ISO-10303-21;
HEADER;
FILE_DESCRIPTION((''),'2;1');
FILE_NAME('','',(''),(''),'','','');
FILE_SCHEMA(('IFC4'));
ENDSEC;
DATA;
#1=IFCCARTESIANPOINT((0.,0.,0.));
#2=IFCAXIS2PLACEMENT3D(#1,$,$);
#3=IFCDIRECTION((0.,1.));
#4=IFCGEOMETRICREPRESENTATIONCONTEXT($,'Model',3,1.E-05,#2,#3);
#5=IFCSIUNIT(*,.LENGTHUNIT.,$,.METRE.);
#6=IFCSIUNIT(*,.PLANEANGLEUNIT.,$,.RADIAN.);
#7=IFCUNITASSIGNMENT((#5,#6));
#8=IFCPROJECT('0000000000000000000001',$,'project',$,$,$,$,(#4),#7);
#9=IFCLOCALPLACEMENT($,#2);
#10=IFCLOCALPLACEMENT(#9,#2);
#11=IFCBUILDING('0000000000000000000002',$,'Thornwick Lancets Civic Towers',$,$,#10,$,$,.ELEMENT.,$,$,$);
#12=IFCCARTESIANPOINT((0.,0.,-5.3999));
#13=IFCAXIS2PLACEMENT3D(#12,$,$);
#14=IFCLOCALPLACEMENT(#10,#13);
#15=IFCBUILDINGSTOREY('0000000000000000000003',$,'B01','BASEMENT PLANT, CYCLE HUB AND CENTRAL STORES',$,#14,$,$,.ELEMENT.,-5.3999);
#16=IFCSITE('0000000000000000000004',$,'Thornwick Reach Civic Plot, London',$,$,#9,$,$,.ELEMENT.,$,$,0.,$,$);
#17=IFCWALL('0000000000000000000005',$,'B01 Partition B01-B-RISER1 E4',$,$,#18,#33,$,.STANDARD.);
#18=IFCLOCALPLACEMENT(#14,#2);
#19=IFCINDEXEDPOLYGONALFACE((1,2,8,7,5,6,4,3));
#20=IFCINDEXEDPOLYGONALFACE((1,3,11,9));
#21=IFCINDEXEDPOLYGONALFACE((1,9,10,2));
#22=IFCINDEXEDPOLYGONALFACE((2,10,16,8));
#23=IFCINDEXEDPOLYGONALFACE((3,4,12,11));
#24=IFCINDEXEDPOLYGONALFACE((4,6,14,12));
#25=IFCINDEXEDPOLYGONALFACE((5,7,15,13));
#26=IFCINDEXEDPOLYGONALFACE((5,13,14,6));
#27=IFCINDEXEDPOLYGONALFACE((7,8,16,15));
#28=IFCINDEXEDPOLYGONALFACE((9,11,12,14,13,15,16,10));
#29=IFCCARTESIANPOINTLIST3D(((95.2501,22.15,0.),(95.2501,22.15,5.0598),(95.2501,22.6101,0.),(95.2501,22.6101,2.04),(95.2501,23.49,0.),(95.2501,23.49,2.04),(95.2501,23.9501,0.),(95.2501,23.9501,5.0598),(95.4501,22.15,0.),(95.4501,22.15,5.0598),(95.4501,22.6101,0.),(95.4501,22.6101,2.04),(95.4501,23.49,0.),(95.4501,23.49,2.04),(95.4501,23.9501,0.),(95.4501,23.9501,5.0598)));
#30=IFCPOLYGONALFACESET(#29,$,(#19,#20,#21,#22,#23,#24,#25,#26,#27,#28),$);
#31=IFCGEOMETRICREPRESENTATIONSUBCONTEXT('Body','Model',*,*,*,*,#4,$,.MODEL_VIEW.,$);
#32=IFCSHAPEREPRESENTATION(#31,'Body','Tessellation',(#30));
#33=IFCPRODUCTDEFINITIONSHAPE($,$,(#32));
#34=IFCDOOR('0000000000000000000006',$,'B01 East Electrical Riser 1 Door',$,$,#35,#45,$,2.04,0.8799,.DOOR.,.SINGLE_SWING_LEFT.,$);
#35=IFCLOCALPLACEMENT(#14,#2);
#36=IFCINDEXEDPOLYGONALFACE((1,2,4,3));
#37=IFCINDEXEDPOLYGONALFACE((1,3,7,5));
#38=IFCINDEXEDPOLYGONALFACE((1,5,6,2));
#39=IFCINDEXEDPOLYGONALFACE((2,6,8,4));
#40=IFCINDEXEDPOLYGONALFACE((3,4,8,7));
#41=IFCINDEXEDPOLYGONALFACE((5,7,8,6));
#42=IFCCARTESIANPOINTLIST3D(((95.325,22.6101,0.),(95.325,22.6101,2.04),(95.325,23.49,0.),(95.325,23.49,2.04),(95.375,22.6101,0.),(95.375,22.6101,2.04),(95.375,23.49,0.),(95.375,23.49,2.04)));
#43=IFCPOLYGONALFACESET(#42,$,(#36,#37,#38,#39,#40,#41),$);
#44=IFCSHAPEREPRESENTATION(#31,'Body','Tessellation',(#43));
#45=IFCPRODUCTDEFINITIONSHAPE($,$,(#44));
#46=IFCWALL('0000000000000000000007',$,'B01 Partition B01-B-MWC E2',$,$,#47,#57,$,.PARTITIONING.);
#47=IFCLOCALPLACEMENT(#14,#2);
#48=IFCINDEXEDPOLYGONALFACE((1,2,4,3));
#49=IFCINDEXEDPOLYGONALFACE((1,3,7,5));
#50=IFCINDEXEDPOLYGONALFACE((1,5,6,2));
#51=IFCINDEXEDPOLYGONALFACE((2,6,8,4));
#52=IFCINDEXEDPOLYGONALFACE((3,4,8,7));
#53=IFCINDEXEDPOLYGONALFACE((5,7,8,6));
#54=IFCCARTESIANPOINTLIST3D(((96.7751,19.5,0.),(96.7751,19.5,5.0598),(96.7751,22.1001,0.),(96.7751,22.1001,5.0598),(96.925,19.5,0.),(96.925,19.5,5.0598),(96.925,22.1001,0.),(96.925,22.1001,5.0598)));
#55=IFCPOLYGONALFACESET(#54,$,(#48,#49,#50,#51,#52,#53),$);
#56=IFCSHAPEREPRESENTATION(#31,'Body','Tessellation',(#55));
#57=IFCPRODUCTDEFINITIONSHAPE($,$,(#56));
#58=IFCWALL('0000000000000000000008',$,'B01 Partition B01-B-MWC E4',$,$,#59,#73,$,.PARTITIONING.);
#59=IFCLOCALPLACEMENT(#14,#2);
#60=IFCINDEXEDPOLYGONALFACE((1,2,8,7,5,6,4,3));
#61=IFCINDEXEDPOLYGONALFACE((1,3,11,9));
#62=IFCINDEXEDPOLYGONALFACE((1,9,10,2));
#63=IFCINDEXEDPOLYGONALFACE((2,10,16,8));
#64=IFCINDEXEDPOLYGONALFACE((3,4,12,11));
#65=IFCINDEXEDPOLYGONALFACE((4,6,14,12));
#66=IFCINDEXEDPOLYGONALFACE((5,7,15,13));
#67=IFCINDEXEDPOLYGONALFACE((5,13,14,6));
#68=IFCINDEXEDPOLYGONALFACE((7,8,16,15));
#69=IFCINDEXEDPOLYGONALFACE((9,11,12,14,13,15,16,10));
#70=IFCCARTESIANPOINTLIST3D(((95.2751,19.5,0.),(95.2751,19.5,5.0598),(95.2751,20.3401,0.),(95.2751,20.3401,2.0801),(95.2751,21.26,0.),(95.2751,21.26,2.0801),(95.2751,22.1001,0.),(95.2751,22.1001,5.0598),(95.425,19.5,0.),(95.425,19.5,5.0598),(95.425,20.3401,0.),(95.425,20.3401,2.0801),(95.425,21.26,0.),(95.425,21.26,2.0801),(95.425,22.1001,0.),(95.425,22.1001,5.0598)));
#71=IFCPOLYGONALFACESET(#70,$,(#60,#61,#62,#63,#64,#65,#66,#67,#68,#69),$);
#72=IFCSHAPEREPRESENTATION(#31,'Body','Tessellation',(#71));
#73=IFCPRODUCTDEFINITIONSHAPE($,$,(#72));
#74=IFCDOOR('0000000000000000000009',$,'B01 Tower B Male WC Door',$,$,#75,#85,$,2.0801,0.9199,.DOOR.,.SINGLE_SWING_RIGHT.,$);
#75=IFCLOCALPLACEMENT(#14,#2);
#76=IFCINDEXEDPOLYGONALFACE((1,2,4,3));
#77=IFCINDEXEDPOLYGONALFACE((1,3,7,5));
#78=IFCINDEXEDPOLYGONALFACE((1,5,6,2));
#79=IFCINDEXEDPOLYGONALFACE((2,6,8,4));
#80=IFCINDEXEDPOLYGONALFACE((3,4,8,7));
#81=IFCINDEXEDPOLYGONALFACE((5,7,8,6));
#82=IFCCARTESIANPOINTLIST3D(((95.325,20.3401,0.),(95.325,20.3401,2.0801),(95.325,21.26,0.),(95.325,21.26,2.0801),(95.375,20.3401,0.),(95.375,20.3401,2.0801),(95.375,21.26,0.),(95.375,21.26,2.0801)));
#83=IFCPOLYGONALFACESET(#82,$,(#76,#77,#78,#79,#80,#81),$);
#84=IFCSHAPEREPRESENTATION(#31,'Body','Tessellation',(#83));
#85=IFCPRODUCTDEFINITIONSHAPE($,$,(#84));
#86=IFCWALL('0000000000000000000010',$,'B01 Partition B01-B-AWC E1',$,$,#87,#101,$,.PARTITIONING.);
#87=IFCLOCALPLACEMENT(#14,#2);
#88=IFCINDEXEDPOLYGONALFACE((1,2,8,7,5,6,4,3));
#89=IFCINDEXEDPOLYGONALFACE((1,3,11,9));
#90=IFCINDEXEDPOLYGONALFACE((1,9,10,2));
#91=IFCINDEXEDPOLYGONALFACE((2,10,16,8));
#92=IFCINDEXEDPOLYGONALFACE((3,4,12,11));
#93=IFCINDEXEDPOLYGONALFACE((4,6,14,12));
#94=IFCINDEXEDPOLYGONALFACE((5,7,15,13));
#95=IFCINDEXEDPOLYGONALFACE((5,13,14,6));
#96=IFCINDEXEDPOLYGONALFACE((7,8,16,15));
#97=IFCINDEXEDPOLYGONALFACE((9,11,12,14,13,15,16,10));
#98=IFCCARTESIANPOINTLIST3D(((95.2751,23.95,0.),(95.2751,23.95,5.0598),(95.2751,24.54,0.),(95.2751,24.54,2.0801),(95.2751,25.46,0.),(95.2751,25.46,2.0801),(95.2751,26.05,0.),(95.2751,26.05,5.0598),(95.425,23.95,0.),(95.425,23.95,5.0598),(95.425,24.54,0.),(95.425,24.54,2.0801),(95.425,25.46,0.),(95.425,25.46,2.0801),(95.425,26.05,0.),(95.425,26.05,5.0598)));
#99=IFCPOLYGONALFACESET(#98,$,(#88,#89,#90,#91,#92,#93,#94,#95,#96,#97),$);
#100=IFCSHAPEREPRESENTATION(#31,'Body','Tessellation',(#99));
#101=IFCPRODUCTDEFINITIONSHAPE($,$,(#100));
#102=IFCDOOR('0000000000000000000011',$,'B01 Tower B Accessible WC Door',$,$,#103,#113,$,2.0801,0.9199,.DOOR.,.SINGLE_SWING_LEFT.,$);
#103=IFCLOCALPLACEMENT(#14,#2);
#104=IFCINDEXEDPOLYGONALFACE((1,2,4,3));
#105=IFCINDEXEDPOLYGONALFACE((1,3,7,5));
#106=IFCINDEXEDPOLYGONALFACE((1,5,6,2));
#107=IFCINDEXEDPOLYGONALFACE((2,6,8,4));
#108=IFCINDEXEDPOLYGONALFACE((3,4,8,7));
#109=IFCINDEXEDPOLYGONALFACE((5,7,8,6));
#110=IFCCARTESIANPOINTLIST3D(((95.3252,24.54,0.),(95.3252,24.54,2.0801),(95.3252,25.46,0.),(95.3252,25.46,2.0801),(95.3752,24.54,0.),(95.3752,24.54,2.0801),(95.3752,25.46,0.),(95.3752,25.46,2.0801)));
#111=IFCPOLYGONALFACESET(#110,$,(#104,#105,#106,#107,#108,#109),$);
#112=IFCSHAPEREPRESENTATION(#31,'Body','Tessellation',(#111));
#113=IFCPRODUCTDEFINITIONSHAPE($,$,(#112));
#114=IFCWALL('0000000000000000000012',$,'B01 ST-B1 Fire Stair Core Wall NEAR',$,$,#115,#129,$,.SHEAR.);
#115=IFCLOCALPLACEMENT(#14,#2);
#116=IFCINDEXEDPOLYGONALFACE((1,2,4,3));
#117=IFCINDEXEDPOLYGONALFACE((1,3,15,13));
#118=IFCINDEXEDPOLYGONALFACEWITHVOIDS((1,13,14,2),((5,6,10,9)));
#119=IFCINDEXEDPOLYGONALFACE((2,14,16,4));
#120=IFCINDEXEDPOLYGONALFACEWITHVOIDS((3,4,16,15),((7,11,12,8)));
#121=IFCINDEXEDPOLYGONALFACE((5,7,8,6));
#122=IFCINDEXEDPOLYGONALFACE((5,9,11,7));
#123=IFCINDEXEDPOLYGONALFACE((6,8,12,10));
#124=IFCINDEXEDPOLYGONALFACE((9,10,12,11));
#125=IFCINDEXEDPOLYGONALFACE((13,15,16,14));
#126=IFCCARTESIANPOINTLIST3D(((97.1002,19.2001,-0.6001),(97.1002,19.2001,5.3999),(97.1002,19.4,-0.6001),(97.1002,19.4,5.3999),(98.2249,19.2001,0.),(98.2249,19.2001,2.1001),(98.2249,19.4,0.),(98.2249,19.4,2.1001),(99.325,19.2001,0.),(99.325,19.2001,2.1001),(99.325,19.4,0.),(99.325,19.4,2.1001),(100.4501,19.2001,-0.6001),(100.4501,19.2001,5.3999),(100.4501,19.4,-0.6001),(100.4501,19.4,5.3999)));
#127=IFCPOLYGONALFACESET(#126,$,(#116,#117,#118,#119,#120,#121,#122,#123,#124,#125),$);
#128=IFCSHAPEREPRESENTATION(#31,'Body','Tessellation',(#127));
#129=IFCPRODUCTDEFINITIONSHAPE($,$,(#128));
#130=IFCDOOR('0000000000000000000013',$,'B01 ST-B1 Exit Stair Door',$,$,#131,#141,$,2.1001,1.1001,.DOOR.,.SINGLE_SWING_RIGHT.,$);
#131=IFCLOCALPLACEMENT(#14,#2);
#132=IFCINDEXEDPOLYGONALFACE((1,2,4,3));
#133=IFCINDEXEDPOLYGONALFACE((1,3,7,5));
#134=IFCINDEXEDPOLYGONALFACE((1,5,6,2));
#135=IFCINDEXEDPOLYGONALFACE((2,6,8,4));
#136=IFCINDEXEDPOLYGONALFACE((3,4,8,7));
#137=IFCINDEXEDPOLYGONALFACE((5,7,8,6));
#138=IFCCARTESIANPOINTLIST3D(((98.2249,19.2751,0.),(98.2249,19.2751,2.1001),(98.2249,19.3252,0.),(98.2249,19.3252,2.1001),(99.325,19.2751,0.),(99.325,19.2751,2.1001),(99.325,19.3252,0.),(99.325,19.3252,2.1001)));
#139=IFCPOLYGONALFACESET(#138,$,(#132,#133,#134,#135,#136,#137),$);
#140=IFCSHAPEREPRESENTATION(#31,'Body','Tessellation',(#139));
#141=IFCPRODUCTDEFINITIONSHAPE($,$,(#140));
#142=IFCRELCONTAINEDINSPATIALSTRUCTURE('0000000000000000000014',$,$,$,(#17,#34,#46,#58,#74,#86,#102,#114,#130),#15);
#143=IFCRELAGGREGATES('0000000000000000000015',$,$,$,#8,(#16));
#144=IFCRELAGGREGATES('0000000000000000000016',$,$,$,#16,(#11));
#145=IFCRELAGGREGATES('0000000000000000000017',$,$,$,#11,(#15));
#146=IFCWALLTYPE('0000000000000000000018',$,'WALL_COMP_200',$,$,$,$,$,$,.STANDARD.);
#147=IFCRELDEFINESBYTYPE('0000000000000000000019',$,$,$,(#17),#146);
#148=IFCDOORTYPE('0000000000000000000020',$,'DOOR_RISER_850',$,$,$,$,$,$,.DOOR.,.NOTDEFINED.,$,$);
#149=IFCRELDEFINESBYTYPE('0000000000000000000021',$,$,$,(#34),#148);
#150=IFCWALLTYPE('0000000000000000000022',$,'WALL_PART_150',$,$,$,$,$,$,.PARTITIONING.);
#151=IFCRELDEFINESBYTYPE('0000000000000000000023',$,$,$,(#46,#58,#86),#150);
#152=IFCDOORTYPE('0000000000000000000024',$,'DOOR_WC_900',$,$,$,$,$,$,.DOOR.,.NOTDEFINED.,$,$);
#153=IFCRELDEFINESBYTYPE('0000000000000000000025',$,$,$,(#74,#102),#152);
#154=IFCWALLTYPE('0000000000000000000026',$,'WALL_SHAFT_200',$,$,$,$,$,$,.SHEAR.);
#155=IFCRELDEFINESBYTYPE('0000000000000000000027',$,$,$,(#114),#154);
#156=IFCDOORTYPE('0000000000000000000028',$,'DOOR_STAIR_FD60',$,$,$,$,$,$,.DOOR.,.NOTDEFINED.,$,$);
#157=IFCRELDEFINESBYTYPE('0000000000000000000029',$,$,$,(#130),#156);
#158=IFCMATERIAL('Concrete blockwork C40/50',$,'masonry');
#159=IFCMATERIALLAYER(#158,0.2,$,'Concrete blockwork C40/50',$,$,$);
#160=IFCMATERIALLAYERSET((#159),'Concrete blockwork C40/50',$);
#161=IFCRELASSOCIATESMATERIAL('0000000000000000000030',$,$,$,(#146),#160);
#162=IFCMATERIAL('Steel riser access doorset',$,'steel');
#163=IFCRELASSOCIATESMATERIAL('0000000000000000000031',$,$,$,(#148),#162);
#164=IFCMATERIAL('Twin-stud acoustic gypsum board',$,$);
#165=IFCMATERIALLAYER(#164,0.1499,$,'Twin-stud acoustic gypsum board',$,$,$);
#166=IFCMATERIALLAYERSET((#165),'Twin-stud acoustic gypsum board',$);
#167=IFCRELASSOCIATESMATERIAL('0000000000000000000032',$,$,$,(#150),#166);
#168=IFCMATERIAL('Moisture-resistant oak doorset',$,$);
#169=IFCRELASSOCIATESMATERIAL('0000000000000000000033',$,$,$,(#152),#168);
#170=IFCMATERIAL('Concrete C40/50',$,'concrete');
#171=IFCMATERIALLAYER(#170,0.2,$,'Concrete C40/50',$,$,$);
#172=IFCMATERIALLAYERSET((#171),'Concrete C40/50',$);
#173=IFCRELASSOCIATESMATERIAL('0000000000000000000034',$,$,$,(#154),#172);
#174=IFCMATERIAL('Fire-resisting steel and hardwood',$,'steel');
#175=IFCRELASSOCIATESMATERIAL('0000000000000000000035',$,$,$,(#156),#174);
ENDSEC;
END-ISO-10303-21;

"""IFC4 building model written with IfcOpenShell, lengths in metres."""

from ifc_helpers import new_model, si_unit, direction, frame, frame_2d, origin, place, context, subcontext, project, spatial, rectangle, extrude, material, layer, layer_set, type_object, element, fill, save


model = new_model("IFC4")

# Units and contexts
model_context = context("Model", 3, precision=1e-05, world=origin(), true_north=direction((0.0, 1.0)))
body_context = subcontext(model_context, "Body", "Model", "MODEL_VIEW")
ifc_project = project(units=[si_unit("LENGTHUNIT", "METRE"), si_unit("PLANEANGLEUNIT", "RADIAN")], contexts=[model_context])

# Site, building, storey
site_placement = place(None, origin())
site = spatial("IfcSite", under=ifc_project, at=site_placement, Name="Thornwick Reach Civic Plot, London", CompositionType="ELEMENT", RefElevation=0.0)
building_placement = place(site_placement, origin())
building = spatial("IfcBuilding", under=site, at=building_placement, Name="Thornwick Lancets Civic Towers", CompositionType="ELEMENT")
storey_placement = place(building_placement, frame((0.0, 0.0, -5.3999)))
storey = spatial("IfcBuildingStorey", under=building, at=storey_placement, Name="B01", Description="BASEMENT PLANT, CYCLE HUB AND CENTRAL STORES", CompositionType="ELEMENT", Elevation=-5.3999)

# Shared definitions
ifc_material_1 = material(Name="Concrete C40/50", Category="concrete")

# Shared definitions
ifc_material_2 = material(Name="Concrete blockwork C40/50", Category="masonry")
ifc_layer_1 = layer(ifc_material_2, 0.2, Name="Concrete blockwork C40/50")
ifc_layer_set_1 = layer_set([ifc_layer_1], Name="Concrete blockwork C40/50")
wall_type_1 = type_object("IfcWallType", Name="WALL_COMP_200", PredefinedType="STANDARD", material=ifc_layer_set_1)

# Wall, opening, door
wall_1_placement = place(storey_placement, frame((95.3501, 23.95, 0.0), z_axis=(0.0, 0.0, 1.0), x_axis=(0.0, -1.0, 0.0)))
wall_1 = element("IfcWall", 1, at=wall_1_placement, inside=storey, type_object=wall_type_1, Name="B01 Partition B01-B-RISER1 E4", PredefinedType="STANDARD", context=body_context, shape_type="SweptSolid", body=[
    extrude(rectangle(XDim=1.8, YDim=0.2, at=frame_2d((0.8999, 0.0))), origin(), (0.0, 0.0, 1.0), 5.0598),
])
opening_1_placement = place(wall_1_placement, frame((0.46, 0.0, 0.0)))
opening_1 = element("IfcOpeningElement", 2, at=opening_1_placement, cuts=wall_1, PredefinedType="OPENING", context=body_context, shape_type="SweptSolid", body=[
    extrude(rectangle(XDim=0.8799, YDim=2.04, at=frame_2d((0.4399, 1.02))), frame((0.0, 0.1099, 0.0), z_axis=(0.0, -1.0, 0.0), x_axis=(1.0, 0.0, 0.0)), (0.0, 0.0, 1.0), 0.22),
])
ifc_material_3 = material(Name="Steel riser access doorset", Category="steel")
door_type_1 = type_object("IfcDoorType", Name="DOOR_RISER_850", OperationType="NOTDEFINED", PredefinedType="DOOR", material=ifc_material_3)
door_1_placement = place(opening_1_placement, origin())
door_1 = element("IfcDoor", 3, at=door_1_placement, inside=storey, type_object=door_type_1, Name="B01 East Electrical Riser 1 Door", OperationType="SINGLE_SWING_LEFT", OverallHeight=2.04, OverallWidth=0.8799, PredefinedType="DOOR", context=body_context, shape_type="SweptSolid", body=[
    extrude(rectangle(XDim=0.8799, YDim=2.04, at=frame_2d((0.4399, 1.02))), frame((0.0, 0.0249, 0.0), z_axis=(0.0, -1.0, 0.0), x_axis=(1.0, 0.0, 0.0)), (0.0, 0.0, 1.0), 0.05),
])
fill(opening_1, door_1)

# Wall
ifc_material_4 = material(Name="Twin-stud acoustic gypsum board")
ifc_layer_2 = layer(ifc_material_4, 0.1499, Name="Twin-stud acoustic gypsum board")
ifc_layer_set_2 = layer_set([ifc_layer_2], Name="Twin-stud acoustic gypsum board")
wall_type_2 = type_object("IfcWallType", Name="WALL_PART_150", PredefinedType="PARTITIONING", material=ifc_layer_set_2)
wall_2_placement = place(storey_placement, frame((96.8501, 19.5, 0.0), z_axis=(0.0, 0.0, 1.0), x_axis=(0.0, 1.0, 0.0)))
element("IfcWall", 4, at=wall_2_placement, inside=storey, type_object=wall_type_2, Name="B01 Partition B01-B-MWC E2", PredefinedType="PARTITIONING", context=body_context, shape_type="SweptSolid", body=[
    extrude(rectangle(XDim=2.6001, YDim=0.1499, at=frame_2d((1.3, 0.0))), origin(), (0.0, 0.0, 1.0), 5.0598),
])

# Walls, openings, doors
wall_3_placement = place(storey_placement, frame((95.3501, 22.1001, 0.0), z_axis=(0.0, 0.0, 1.0), x_axis=(0.0, -1.0, 0.0)))
wall_3 = element("IfcWall", 5, at=wall_3_placement, inside=storey, type_object=wall_type_2, Name="B01 Partition B01-B-MWC E4", PredefinedType="PARTITIONING", context=body_context, shape_type="SweptSolid", body=[
    extrude(rectangle(XDim=2.6001, YDim=0.1499, at=frame_2d((1.3, 0.0))), origin(), (0.0, 0.0, 1.0), 5.0598),
])
opening_2_placement = place(wall_3_placement, frame((0.8401, 0.0, 0.0)))
opening_2 = element("IfcOpeningElement", 6, at=opening_2_placement, cuts=wall_3, PredefinedType="OPENING", context=body_context, shape_type="SweptSolid", body=[
    extrude(rectangle(XDim=0.9199, YDim=2.0801, at=frame_2d((0.46, 1.04))), frame((0.0, 0.085, 0.0), z_axis=(0.0, -1.0, 0.0), x_axis=(1.0, 0.0, 0.0)), (0.0, 0.0, 1.0), 0.1699),
])
ifc_material_5 = material(Name="Moisture-resistant oak doorset")
door_type_2 = type_object("IfcDoorType", Name="DOOR_WC_900", OperationType="NOTDEFINED", PredefinedType="DOOR", material=ifc_material_5)
door_2_placement = place(opening_2_placement, origin())
door_2 = element("IfcDoor", 7, at=door_2_placement, inside=storey, type_object=door_type_2, Name="B01 Tower B Male WC Door", OperationType="SINGLE_SWING_RIGHT", OverallHeight=2.0801, OverallWidth=0.9199, PredefinedType="DOOR", context=body_context, shape_type="SweptSolid", body=[
    extrude(rectangle(XDim=0.9199, YDim=2.0801, at=frame_2d((0.46, 1.04))), frame((0.0, 0.0249, 0.0), z_axis=(0.0, -1.0, 0.0), x_axis=(1.0, 0.0, 0.0)), (0.0, 0.0, 1.0), 0.05),
])
fill(opening_2, door_2)
wall_4_placement = place(storey_placement, frame((95.3501, 23.95, 0.0), z_axis=(0.0, 0.0, 1.0), x_axis=(0.0, 1.0, 0.0)))
wall_4 = element("IfcWall", 8, at=wall_4_placement, inside=storey, type_object=wall_type_2, Name="B01 Partition B01-B-AWC E1", PredefinedType="PARTITIONING", context=body_context, shape_type="SweptSolid", body=[
    extrude(rectangle(XDim=2.1001, YDim=0.1499, at=frame_2d((1.05, 0.0))), origin(), (0.0, 0.0, 1.0), 5.0598),
])
opening_3_placement = place(wall_4_placement, frame((0.5901, 0.0, 0.0)))
opening_3 = element("IfcOpeningElement", 9, at=opening_3_placement, cuts=wall_4, PredefinedType="OPENING", context=body_context, shape_type="SweptSolid", body=[
    extrude(rectangle(XDim=0.9199, YDim=2.0801, at=frame_2d((0.46, 1.04))), frame((0.0, 0.085, 0.0), z_axis=(0.0, -1.0, 0.0), x_axis=(1.0, 0.0, 0.0)), (0.0, 0.0, 1.0), 0.1699),
])
door_3_placement = place(opening_3_placement, origin())
door_3 = element("IfcDoor", 10, at=door_3_placement, inside=storey, type_object=door_type_2, Name="B01 Tower B Accessible WC Door", OperationType="SINGLE_SWING_LEFT", OverallHeight=2.0801, OverallWidth=0.9199, PredefinedType="DOOR", context=body_context, shape_type="SweptSolid", body=[
    extrude(rectangle(XDim=0.9199, YDim=2.0801, at=frame_2d((0.46, 1.04))), frame((0.0, 0.0249, 0.0), z_axis=(0.0, -1.0, 0.0), x_axis=(1.0, 0.0, 0.0)), (0.0, 0.0, 1.0), 0.05),
])
fill(opening_3, door_3)
ifc_layer_3 = layer(ifc_material_1, 0.2, Name="Concrete C40/50")
ifc_layer_set_3 = layer_set([ifc_layer_3], Name="Concrete C40/50")
wall_type_3 = type_object("IfcWallType", Name="WALL_SHAFT_200", PredefinedType="SHEAR", material=ifc_layer_set_3)
wall_5_placement = place(storey_placement, frame((100.45, 19.3, -0.6001), z_axis=(0.0, 0.0, 1.0), x_axis=(-1.0, 0.0, 0.0)))
wall_5 = element("IfcWall", 11, at=wall_5_placement, inside=storey, type_object=wall_type_3, Name="B01 ST-B1 Fire Stair Core Wall NEAR", PredefinedType="SHEAR", context=body_context, shape_type="SweptSolid", body=[
    extrude(rectangle(XDim=3.3499, YDim=0.2, at=frame_2d((1.6748, 0.0))), origin(), (0.0, 0.0, 1.0), 6.0),
])
opening_4_placement = place(wall_5_placement, frame((1.125, 0.0, 0.6001)))
opening_4 = element("IfcOpeningElement", 12, at=opening_4_placement, cuts=wall_5, PredefinedType="OPENING", context=body_context, shape_type="SweptSolid", body=[
    extrude(rectangle(XDim=1.1001, YDim=2.1001, at=frame_2d((0.55, 1.05))), frame((0.0, 0.1099, 0.0), z_axis=(0.0, -1.0, 0.0), x_axis=(1.0, 0.0, 0.0)), (0.0, 0.0, 1.0), 0.22),
])
ifc_material_6 = material(Name="Fire-resisting steel and hardwood", Category="steel")
door_type_3 = type_object("IfcDoorType", Name="DOOR_STAIR_FD60", OperationType="NOTDEFINED", PredefinedType="DOOR", material=ifc_material_6)
door_4_placement = place(opening_4_placement, origin())
door_4 = element("IfcDoor", 13, at=door_4_placement, inside=storey, type_object=door_type_3, Name="B01 ST-B1 Exit Stair Door", OperationType="SINGLE_SWING_RIGHT", OverallHeight=2.1001, OverallWidth=1.1001, PredefinedType="DOOR", context=body_context, shape_type="SweptSolid", body=[
    extrude(rectangle(XDim=1.1001, YDim=2.1001, at=frame_2d((0.55, 1.05))), frame((0.0, 0.0249, 0.0), z_axis=(0.0, -1.0, 0.0), x_axis=(1.0, 0.0, 0.0)), (0.0, 0.0, 1.0), 0.05),
])
fill(opening_4, door_4)

save(model, "model.ifc")
